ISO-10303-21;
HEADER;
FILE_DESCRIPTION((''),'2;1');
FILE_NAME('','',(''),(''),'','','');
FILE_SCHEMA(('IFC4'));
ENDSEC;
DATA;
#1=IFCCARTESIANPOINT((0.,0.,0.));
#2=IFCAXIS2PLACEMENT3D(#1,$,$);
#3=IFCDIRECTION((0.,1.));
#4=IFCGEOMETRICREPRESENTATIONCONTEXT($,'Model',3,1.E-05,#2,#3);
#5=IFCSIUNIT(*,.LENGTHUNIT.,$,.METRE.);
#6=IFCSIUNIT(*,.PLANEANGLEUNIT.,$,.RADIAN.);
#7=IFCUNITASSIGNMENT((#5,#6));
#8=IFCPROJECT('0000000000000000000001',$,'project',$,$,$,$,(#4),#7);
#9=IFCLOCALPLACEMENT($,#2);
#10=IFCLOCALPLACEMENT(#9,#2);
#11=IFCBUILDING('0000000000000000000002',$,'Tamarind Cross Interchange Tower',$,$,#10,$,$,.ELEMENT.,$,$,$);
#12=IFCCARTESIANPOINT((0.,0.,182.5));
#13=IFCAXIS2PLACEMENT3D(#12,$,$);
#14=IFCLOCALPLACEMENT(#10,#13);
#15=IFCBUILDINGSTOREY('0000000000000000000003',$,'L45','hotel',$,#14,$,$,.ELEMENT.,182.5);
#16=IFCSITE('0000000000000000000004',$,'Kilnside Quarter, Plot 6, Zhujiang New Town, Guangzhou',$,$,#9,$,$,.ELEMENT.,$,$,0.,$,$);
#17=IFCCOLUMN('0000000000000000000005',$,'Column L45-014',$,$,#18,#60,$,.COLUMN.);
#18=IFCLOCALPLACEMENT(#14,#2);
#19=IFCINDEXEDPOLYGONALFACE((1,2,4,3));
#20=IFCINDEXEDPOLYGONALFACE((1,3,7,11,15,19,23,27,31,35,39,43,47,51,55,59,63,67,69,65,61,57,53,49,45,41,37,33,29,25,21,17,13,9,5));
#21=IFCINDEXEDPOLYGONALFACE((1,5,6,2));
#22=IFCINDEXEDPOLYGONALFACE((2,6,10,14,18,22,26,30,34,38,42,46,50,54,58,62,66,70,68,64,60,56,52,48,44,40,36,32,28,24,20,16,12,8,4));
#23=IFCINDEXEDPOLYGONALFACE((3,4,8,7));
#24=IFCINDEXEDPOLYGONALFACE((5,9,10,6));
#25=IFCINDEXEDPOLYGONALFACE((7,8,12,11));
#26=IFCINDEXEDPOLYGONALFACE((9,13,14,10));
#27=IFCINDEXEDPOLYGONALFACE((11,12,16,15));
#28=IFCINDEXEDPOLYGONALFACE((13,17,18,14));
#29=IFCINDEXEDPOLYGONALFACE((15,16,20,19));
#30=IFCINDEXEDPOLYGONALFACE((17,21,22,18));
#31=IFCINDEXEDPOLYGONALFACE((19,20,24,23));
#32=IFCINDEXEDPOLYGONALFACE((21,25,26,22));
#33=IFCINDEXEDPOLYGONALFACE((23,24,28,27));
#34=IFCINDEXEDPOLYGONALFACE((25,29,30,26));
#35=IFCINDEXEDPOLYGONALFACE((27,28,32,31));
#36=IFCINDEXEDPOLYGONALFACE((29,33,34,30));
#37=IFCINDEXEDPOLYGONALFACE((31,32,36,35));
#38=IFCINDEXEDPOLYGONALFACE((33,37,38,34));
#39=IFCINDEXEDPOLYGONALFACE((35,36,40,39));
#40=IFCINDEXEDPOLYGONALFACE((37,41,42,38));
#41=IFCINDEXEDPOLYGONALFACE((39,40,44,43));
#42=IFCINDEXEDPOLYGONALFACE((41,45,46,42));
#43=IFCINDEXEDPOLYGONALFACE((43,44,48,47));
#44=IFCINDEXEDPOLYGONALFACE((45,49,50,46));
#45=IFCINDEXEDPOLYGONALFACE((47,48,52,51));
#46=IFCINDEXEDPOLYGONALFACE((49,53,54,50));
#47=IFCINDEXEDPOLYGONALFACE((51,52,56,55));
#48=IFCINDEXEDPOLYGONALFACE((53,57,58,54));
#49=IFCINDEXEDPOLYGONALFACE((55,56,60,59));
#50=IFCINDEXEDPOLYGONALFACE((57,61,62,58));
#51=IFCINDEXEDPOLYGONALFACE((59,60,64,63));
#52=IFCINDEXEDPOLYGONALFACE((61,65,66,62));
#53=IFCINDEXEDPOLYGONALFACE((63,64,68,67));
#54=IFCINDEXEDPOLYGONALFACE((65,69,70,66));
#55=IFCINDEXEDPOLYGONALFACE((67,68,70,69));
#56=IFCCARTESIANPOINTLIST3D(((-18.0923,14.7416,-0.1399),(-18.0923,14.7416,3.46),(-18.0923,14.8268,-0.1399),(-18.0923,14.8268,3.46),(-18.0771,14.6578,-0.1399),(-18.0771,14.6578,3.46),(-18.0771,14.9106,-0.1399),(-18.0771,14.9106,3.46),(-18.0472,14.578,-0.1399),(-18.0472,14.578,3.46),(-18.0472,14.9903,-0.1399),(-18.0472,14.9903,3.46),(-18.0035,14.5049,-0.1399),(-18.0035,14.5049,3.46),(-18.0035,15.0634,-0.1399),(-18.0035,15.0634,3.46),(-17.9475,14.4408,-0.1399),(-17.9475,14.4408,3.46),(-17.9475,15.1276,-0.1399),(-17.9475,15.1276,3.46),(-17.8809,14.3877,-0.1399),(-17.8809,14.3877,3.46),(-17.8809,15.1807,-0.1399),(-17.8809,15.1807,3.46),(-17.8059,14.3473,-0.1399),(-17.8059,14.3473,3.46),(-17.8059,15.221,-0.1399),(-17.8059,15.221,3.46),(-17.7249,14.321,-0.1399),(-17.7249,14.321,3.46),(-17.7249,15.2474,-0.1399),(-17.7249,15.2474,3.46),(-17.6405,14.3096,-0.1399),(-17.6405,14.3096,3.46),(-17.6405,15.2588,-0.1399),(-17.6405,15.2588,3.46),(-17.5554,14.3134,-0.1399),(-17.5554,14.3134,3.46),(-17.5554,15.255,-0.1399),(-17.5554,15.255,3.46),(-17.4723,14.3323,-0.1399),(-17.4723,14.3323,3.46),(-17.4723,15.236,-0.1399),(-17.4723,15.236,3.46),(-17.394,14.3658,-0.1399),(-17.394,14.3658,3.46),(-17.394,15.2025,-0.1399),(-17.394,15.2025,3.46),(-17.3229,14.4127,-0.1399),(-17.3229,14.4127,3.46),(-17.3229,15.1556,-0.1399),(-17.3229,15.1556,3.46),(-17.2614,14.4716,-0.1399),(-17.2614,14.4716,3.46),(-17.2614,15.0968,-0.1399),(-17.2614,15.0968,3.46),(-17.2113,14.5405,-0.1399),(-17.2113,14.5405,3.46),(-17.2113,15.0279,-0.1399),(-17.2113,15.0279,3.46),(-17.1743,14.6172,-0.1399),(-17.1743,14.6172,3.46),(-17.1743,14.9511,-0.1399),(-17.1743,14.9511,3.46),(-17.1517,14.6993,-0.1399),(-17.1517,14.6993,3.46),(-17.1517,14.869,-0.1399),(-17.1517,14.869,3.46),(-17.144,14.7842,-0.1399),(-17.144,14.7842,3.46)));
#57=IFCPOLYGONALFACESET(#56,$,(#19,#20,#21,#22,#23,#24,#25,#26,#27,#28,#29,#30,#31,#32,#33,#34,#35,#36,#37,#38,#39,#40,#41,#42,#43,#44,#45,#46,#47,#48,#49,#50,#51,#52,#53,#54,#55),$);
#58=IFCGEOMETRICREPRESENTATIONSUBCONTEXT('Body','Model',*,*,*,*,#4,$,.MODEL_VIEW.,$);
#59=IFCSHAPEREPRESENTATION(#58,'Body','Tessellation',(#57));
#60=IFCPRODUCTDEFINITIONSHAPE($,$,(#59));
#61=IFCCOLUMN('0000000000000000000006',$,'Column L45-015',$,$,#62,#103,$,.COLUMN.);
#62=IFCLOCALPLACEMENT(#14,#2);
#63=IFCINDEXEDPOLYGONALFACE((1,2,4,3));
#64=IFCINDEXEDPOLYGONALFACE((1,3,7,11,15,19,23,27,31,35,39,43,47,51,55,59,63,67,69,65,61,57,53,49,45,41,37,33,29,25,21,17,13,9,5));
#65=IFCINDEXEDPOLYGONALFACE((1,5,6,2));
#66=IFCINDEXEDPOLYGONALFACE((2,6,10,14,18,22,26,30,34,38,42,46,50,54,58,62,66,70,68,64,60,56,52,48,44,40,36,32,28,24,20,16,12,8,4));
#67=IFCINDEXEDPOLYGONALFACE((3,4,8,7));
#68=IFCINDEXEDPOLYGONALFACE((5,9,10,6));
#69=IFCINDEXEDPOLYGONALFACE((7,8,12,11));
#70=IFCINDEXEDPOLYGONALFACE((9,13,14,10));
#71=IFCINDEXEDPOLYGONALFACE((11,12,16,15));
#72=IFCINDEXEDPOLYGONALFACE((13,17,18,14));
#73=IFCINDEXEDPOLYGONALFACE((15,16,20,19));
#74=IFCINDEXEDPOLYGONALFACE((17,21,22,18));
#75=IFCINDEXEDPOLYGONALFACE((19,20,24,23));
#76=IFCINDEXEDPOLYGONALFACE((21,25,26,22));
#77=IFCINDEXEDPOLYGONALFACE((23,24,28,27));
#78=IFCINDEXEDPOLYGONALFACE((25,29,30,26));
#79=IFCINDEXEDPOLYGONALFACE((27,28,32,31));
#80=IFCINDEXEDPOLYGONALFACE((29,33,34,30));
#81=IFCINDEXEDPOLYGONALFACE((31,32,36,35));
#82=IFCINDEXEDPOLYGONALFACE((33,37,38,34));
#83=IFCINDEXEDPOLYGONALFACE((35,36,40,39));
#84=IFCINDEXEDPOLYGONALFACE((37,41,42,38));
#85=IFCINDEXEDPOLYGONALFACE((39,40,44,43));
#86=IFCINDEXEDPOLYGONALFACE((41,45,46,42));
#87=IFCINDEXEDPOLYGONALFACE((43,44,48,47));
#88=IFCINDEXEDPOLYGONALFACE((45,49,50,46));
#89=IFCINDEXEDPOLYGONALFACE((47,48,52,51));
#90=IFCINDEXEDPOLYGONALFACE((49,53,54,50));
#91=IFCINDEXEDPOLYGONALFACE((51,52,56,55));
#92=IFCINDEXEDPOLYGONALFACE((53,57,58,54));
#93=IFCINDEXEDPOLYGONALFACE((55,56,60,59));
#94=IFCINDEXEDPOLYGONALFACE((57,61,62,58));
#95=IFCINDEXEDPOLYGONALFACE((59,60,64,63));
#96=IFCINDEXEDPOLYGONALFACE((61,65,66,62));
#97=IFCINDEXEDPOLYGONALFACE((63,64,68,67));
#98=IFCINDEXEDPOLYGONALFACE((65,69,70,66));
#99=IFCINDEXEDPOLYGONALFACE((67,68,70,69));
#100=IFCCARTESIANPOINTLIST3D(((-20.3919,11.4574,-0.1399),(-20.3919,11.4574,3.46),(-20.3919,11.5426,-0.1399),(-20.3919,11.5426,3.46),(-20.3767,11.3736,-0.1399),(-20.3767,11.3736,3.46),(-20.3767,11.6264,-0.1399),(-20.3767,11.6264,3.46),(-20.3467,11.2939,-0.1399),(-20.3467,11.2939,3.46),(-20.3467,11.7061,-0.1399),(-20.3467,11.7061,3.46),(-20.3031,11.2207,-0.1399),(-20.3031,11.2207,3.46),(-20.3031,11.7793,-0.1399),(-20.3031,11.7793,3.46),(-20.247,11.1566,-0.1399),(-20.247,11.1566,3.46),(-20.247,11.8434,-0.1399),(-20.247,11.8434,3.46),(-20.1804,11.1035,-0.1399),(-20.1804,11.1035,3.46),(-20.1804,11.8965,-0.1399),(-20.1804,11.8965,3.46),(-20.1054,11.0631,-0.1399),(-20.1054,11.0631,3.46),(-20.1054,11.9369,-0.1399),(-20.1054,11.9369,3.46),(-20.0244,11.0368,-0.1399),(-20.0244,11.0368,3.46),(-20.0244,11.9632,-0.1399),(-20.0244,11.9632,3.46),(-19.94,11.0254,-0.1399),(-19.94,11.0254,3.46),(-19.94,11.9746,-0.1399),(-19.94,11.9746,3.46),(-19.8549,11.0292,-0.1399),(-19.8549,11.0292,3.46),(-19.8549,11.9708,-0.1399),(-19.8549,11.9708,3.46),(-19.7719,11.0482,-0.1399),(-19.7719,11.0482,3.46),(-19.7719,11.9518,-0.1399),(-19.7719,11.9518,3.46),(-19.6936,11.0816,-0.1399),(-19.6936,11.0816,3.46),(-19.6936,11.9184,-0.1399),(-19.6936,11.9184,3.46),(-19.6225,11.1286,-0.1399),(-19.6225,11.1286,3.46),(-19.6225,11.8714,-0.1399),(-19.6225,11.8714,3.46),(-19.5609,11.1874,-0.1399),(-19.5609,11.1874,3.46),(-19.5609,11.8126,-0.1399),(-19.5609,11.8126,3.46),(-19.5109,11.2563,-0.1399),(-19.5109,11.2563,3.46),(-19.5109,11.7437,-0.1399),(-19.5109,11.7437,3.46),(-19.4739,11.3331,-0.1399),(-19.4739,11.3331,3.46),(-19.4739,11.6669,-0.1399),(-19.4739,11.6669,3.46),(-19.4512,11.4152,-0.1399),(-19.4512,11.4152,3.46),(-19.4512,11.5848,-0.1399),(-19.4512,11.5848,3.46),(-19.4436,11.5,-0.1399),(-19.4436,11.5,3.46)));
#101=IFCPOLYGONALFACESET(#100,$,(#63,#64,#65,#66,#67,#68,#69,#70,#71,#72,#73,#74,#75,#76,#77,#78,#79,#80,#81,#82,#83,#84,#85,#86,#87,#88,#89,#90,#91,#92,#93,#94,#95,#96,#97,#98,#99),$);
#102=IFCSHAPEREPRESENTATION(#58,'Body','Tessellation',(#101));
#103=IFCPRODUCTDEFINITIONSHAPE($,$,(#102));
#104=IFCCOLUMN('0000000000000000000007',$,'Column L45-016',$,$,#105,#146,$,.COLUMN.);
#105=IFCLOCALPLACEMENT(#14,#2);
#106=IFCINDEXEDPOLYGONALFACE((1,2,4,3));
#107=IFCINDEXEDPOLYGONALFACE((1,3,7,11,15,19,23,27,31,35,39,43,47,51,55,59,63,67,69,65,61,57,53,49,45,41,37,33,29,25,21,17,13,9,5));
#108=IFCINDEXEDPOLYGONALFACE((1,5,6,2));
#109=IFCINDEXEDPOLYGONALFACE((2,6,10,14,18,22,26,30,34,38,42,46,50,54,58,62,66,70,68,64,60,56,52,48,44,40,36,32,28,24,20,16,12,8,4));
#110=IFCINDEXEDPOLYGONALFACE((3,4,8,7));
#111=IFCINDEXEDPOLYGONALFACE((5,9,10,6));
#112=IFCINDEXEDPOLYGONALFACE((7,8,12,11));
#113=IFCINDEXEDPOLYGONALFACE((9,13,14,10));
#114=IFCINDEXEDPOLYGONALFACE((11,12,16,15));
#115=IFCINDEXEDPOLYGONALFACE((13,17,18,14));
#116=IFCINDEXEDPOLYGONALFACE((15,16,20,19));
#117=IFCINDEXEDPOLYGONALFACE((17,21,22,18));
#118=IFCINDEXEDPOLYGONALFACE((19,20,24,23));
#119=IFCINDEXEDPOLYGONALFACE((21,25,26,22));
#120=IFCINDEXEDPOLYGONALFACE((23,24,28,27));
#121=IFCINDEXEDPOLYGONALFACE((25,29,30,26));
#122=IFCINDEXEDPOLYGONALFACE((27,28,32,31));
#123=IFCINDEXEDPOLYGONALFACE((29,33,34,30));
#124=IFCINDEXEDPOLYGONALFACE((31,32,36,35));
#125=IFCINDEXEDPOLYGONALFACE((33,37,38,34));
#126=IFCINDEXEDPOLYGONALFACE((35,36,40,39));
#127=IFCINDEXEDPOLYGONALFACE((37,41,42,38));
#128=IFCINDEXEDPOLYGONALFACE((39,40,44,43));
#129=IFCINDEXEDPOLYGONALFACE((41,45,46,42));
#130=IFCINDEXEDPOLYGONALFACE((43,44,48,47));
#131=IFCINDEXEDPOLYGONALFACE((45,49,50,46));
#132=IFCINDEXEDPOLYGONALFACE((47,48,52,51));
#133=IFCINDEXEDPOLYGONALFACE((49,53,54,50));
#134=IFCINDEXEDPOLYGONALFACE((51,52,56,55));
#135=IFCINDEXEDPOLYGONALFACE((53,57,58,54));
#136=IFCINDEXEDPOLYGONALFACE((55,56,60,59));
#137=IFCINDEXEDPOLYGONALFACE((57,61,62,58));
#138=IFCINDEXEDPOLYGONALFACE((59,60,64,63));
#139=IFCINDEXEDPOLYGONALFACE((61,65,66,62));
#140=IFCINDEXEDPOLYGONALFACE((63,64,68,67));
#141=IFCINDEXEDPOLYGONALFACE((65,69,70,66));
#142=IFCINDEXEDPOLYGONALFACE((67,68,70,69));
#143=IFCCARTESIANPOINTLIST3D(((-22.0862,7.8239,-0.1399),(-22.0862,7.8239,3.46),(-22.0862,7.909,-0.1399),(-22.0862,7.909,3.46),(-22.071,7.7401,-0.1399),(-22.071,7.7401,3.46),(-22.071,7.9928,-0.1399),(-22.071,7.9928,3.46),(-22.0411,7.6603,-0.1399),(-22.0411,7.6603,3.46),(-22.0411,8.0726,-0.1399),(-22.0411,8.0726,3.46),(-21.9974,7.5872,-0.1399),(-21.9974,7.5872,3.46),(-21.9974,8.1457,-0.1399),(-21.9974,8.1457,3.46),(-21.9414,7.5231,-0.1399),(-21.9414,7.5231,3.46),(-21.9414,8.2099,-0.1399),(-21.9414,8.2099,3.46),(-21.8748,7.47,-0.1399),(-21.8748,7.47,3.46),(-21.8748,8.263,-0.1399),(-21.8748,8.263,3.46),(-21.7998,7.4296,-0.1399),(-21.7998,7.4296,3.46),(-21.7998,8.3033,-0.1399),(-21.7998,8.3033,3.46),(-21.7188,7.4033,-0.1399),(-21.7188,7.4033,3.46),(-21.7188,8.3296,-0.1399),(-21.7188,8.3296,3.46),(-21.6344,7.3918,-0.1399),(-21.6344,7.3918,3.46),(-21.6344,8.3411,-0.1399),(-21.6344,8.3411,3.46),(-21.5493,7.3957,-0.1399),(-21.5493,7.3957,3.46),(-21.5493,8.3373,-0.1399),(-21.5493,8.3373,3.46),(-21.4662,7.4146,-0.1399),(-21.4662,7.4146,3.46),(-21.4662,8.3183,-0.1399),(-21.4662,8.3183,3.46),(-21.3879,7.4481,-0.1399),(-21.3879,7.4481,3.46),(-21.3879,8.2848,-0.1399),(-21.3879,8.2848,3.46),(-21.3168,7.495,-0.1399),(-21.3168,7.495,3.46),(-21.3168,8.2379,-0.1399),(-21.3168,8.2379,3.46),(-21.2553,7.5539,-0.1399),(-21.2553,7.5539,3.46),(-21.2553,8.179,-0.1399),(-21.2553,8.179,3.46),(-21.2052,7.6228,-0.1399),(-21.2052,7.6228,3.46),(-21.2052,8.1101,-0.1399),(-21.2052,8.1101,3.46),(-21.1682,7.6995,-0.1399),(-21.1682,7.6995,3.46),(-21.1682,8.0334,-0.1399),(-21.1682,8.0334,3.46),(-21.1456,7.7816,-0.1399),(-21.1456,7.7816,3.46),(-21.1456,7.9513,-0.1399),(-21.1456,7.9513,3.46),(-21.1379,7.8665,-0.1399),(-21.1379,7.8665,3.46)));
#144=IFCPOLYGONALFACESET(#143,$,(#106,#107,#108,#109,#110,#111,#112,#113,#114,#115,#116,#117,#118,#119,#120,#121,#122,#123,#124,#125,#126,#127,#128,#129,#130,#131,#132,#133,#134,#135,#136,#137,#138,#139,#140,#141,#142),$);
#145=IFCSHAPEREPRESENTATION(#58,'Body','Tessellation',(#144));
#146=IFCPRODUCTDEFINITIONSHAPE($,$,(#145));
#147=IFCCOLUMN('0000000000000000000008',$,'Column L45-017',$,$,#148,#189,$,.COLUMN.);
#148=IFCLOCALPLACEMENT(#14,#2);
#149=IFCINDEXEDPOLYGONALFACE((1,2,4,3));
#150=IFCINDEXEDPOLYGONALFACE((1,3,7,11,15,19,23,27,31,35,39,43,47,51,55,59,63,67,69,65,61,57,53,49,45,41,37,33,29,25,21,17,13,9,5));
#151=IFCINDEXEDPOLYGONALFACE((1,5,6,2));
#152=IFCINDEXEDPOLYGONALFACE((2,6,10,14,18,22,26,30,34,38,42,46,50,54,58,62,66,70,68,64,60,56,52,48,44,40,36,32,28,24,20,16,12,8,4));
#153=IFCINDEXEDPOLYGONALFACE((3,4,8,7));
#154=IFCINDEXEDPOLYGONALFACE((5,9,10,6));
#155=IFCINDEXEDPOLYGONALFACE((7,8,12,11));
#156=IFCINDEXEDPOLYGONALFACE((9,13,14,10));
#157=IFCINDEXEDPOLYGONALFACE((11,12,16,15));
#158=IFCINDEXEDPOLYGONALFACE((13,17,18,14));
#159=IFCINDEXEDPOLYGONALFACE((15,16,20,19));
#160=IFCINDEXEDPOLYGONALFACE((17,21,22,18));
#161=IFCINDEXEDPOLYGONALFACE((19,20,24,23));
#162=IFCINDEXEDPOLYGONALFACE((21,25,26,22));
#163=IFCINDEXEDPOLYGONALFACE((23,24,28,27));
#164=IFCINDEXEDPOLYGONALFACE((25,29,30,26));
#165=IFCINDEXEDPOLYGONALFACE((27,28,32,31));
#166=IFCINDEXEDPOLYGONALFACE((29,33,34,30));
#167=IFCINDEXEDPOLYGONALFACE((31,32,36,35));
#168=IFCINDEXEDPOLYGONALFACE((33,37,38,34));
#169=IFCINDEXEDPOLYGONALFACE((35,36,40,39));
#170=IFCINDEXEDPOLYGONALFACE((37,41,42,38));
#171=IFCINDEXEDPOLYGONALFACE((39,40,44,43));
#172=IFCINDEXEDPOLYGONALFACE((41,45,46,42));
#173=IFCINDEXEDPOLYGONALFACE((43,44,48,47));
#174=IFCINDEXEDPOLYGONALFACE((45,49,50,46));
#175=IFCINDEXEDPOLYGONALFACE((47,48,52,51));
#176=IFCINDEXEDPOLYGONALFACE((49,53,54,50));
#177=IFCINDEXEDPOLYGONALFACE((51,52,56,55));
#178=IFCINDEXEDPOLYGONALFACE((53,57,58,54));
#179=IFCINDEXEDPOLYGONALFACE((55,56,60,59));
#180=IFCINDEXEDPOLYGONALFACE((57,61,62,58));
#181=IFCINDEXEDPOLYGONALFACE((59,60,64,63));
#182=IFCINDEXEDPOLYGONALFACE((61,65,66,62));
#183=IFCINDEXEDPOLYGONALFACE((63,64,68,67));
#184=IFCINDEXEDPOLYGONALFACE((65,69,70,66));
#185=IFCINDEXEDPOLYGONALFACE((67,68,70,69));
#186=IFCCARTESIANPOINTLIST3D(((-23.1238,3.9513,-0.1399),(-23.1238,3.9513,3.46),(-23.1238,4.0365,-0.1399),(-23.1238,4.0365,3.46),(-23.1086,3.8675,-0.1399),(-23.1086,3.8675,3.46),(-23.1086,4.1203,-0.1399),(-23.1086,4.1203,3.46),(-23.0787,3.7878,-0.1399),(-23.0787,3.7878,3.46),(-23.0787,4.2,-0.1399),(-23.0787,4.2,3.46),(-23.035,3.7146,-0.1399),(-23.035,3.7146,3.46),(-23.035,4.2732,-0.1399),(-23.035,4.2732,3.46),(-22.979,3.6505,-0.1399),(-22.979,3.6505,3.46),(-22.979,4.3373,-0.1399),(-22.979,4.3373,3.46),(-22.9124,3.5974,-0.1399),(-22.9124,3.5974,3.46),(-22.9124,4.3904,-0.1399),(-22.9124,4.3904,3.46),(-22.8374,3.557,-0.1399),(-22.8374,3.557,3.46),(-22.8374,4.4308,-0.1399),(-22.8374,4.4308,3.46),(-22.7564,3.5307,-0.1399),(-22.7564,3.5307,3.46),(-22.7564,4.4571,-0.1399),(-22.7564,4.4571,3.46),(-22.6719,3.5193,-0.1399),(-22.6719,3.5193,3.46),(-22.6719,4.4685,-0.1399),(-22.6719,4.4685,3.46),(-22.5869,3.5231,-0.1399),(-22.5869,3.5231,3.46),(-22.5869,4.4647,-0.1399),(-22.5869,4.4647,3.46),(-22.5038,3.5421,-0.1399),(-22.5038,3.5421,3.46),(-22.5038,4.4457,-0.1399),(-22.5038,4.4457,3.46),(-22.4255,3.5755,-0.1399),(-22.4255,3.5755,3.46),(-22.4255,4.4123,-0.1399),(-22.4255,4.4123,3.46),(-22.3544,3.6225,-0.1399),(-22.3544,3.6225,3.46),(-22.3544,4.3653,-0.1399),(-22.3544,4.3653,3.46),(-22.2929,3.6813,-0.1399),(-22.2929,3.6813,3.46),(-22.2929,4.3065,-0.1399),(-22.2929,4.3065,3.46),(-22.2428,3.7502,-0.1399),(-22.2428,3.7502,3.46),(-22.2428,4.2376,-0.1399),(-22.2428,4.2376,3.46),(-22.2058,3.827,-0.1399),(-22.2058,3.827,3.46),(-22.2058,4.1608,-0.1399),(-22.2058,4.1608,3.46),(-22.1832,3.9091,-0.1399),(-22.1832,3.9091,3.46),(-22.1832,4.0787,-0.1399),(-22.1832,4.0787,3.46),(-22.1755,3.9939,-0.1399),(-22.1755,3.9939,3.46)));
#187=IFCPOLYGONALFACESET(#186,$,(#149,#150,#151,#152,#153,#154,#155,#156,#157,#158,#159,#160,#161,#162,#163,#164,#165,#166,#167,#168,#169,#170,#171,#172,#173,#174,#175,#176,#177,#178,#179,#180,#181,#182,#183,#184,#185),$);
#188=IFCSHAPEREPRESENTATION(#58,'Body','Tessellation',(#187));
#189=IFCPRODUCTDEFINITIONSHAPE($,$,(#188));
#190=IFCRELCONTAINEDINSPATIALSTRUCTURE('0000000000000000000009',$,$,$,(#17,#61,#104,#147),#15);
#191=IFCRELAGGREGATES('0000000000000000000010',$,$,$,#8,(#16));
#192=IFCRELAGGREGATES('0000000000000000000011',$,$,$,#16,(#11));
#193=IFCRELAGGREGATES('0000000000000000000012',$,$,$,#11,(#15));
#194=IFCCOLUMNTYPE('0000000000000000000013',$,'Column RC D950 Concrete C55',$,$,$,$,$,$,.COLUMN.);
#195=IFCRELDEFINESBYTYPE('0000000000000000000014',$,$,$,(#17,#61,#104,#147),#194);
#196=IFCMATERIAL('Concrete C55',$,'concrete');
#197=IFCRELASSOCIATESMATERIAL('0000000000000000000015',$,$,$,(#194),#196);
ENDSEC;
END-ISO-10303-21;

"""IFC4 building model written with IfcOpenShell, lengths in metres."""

from ifc_helpers import new_model, si_unit, direction, frame, origin, origin_2d, place, context, subcontext, project, spatial, circle, extrude, material, material_profile, profile_set, type_object, element, save


model = new_model("IFC4")

# Units and contexts
model_context = context("Model", 3, precision=1e-05, world=origin(), true_north=direction((0.0, 1.0)))
body_context = subcontext(model_context, "Body", "Model", "MODEL_VIEW")
ifc_project = project(units=[si_unit("LENGTHUNIT", "METRE"), si_unit("PLANEANGLEUNIT", "RADIAN")], contexts=[model_context])

# Site, building, storey
site_placement = place(None, origin())
site = spatial("IfcSite", under=ifc_project, at=site_placement, Name="Kilnside Quarter, Plot 6, Zhujiang New Town, Guangzhou", CompositionType="ELEMENT", RefElevation=0.0)
building_placement = place(site_placement, origin())
building = spatial("IfcBuilding", under=site, at=building_placement, Name="Tamarind Cross Interchange Tower", CompositionType="ELEMENT")
storey_placement = place(building_placement, frame((0.0, 0.0, 182.5)))
storey = spatial("IfcBuildingStorey", under=building, at=storey_placement, Name="L45", Description="hotel", CompositionType="ELEMENT", Elevation=182.5)

# Columns
ifc_material_1 = material(Name="Concrete C55", Category="concrete")
ifc_material_profile_1 = material_profile(ifc_material_1, circle(Radius=0.4751, at=origin_2d()), Name="RC D950")
ifc_profile_set_1 = profile_set([ifc_material_profile_1], Name="Concrete C55")
column_type = type_object("IfcColumnType", Name="Column RC D950 Concrete C55", PredefinedType="COLUMN", material=ifc_profile_set_1)
for number, where, z_axis, x_axis, name in (
    (1, (-17.6191, 14.7842, -0.1399), (0.0, 0.0, 1.0), (1.0, 0.0, 0.0), "Column L45-014"),
    (2, (-19.9187, 11.5, -0.1399), (0.0, 0.0, 1.0), (1.0, 0.0, 0.0), "Column L45-015"),
    (3, (-21.613, 7.8665, -0.1399), (0.0, 0.0, 1.0), (1.0, 0.0, 0.0), "Column L45-016"),
    (4, (-22.6506, 3.9939, -0.1399), (0.0, 0.0, 1.0), (1.0, 0.0, 0.0), "Column L45-017"),
):
    element("IfcColumn", number, at=place(storey_placement, frame(where, z_axis=z_axis, x_axis=x_axis)), inside=storey, type_object=column_type, Name=name, PredefinedType="COLUMN", context=body_context, shape_type="SweptSolid", body=[
        extrude(circle(Radius=0.4751, at=origin_2d()), origin(), (0.0, 0.0, 1.0), 3.5999),
    ])

save(model, "model.ifc")
